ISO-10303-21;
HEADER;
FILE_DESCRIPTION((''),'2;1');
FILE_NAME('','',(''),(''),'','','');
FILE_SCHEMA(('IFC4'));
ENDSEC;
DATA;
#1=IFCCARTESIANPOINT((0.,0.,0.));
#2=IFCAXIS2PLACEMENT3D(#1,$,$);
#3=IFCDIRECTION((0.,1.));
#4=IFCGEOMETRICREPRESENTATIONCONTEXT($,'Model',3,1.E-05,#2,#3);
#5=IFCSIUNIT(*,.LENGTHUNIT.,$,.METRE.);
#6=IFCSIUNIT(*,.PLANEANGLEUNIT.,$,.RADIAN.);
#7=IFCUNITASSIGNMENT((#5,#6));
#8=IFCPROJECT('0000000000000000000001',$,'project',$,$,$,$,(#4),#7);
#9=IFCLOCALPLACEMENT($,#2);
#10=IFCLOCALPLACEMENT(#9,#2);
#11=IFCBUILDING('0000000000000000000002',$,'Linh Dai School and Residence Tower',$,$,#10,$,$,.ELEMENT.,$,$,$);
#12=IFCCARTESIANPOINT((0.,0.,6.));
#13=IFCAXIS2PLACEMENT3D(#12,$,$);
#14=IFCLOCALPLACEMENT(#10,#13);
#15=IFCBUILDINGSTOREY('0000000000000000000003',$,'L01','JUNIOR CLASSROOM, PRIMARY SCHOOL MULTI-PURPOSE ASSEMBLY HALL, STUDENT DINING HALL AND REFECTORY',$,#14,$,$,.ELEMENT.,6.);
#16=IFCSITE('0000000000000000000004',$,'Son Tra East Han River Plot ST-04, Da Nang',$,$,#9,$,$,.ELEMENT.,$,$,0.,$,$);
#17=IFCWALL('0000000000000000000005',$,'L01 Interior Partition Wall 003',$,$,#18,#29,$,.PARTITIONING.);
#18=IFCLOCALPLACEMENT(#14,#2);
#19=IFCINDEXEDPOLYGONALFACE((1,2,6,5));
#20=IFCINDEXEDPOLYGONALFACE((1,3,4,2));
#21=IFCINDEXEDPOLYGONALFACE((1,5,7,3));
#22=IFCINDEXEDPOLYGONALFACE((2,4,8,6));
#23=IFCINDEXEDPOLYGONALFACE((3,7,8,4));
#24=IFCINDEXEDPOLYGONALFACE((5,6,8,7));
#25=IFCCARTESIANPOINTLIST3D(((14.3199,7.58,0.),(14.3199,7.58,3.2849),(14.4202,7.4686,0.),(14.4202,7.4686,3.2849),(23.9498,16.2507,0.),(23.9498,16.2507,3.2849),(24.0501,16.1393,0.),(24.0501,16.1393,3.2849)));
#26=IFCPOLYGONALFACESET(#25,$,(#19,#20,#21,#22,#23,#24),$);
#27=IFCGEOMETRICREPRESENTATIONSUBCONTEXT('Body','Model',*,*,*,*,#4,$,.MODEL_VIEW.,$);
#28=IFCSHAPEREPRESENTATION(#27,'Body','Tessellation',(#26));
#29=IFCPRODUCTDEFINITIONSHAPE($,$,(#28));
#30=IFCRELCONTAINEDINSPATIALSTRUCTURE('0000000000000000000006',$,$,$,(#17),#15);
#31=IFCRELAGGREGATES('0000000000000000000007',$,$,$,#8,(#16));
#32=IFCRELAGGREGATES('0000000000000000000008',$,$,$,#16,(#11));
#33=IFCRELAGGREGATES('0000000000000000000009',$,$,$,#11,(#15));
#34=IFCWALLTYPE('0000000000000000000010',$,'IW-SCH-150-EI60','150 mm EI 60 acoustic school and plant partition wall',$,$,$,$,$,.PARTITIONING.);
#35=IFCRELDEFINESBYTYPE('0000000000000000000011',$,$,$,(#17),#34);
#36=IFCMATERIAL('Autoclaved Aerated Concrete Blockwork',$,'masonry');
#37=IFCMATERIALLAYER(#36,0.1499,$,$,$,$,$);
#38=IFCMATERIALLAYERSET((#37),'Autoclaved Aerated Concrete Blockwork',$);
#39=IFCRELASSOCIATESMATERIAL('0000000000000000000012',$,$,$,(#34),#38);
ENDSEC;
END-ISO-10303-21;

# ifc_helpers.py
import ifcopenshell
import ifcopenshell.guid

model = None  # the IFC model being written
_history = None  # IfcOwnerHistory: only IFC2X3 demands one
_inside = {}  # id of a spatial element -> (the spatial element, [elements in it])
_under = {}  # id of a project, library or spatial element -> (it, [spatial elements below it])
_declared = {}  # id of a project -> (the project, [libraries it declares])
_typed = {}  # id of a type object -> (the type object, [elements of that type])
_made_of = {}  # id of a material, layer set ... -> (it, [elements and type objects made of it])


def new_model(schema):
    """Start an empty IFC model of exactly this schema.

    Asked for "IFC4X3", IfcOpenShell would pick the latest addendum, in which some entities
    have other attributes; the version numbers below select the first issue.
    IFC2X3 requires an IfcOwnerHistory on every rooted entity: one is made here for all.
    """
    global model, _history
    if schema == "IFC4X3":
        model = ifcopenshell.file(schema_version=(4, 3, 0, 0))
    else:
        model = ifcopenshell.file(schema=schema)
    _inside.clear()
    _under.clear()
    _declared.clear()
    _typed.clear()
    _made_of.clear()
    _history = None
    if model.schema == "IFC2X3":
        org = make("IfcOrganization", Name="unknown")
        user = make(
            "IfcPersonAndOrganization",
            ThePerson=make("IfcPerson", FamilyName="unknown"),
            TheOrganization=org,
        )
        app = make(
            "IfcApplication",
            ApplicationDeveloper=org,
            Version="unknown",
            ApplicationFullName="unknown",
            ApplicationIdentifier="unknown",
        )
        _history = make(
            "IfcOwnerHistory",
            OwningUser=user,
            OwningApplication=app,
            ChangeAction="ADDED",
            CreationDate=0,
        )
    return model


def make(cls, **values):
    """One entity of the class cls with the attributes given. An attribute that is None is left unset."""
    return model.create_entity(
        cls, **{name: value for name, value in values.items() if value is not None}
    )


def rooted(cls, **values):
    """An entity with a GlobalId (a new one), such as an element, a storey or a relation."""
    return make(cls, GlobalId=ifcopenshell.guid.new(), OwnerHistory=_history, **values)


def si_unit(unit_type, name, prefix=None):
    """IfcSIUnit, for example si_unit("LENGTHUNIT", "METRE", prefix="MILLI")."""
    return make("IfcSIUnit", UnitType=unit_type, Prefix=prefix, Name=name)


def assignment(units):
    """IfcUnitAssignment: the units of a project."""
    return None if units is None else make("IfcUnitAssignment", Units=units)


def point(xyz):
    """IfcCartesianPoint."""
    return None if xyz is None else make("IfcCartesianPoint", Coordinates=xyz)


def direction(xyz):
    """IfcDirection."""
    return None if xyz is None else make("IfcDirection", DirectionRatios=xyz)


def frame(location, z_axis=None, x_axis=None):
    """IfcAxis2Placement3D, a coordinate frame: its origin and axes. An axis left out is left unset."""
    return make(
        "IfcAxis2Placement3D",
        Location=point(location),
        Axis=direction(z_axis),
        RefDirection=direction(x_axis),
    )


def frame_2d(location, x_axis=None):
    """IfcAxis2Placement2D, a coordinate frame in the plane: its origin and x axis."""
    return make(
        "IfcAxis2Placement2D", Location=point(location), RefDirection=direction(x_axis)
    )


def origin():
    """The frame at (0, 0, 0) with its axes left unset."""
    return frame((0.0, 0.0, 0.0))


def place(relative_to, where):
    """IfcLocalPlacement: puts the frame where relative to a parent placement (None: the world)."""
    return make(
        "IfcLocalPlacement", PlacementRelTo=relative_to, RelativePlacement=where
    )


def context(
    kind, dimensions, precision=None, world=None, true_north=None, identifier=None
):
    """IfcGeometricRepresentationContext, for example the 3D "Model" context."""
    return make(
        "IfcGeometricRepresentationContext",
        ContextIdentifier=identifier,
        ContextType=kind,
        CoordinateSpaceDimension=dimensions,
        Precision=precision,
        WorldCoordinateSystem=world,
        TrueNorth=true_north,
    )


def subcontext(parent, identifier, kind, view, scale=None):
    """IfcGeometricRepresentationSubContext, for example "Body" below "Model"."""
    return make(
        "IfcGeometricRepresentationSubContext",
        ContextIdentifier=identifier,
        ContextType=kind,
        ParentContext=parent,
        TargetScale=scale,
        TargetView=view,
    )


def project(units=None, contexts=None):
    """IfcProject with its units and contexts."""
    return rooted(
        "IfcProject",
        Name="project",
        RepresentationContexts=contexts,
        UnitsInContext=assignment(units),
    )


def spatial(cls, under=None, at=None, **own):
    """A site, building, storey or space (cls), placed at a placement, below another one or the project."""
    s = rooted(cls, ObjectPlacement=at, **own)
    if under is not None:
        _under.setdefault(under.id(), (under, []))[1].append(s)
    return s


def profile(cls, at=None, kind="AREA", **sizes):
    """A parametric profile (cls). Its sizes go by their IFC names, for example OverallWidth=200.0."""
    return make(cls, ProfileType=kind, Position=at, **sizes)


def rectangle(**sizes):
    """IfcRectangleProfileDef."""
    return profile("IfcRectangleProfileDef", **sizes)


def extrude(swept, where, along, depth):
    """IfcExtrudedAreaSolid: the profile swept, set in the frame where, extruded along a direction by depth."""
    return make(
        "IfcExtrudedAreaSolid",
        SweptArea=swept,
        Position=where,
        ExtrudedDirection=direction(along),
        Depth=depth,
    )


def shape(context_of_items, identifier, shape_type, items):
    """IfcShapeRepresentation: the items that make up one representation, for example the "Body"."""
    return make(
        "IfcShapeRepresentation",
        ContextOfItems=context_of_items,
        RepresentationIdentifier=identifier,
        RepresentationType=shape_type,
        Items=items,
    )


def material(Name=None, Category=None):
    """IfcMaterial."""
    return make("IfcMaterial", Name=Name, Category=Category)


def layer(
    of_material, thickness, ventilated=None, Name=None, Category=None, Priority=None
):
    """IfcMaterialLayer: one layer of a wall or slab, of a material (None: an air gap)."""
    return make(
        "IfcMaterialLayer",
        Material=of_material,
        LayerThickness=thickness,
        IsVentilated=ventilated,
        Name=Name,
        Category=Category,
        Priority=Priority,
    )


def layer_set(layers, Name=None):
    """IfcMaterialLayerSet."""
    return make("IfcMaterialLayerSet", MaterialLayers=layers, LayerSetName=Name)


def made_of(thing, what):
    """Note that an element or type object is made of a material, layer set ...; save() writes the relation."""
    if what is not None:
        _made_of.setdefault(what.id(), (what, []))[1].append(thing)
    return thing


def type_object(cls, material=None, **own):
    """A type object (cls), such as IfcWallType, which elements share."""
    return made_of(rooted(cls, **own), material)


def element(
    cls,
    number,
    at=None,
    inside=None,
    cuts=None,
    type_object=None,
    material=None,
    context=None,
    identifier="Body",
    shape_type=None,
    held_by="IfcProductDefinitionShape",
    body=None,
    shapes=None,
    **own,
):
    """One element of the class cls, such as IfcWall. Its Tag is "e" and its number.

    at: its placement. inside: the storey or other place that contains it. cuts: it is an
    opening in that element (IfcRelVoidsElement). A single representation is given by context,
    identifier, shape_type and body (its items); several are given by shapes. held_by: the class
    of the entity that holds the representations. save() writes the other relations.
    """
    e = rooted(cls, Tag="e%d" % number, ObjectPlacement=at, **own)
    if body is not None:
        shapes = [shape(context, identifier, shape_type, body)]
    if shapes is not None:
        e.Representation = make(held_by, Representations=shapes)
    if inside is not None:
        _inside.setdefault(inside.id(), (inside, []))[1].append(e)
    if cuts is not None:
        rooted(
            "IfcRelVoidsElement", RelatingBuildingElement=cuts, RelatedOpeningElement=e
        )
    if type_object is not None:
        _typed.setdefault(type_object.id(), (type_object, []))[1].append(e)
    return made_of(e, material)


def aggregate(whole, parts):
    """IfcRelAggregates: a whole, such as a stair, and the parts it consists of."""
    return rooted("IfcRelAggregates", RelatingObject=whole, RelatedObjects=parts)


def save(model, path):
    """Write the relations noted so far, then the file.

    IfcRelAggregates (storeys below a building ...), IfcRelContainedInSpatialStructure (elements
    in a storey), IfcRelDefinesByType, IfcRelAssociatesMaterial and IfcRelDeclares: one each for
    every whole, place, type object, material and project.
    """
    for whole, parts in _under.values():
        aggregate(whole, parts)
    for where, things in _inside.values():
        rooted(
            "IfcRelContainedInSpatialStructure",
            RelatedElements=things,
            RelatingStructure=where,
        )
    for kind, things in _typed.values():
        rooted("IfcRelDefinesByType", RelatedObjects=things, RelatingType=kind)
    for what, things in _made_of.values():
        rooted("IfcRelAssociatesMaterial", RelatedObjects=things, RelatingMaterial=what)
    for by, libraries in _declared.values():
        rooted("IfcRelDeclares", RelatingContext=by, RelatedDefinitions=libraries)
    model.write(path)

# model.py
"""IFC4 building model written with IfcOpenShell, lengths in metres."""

from ifc_helpers import new_model, si_unit, direction, frame, frame_2d, origin, place, context, subcontext, project, spatial, rectangle, extrude, material, layer, layer_set, type_object, element, save


model = new_model("IFC4")

# Units and contexts
model_context = context("Model", 3, precision=1e-05, world=origin(), true_north=direction((0.0, 1.0)))
body_context = subcontext(model_context, "Body", "Model", "MODEL_VIEW")
ifc_project = project(units=[si_unit("LENGTHUNIT", "METRE"), si_unit("PLANEANGLEUNIT", "RADIAN")], contexts=[model_context])

# Site, building, storey
site_placement = place(None, origin())
site = spatial("IfcSite", under=ifc_project, at=site_placement, Name="Son Tra East Han River Plot ST-04, Da Nang", CompositionType="ELEMENT", RefElevation=0.0)
building_placement = place(site_placement, origin())
building = spatial("IfcBuilding", under=site, at=building_placement, Name="Linh Dai School and Residence Tower", CompositionType="ELEMENT")
storey_placement = place(building_placement, frame((0.0, 0.0, 6.0)))
storey = spatial("IfcBuildingStorey", under=building, at=storey_placement, Name="L01", Description="JUNIOR CLASSROOM, PRIMARY SCHOOL MULTI-PURPOSE ASSEMBLY HALL, STUDENT DINING HALL AND REFECTORY", CompositionType="ELEMENT", Elevation=6.0)

# Shared definitions
ifc_material_1 = material(Name="Autoclaved Aerated Concrete Blockwork", Category="masonry")

# Wall
ifc_layer_1 = layer(ifc_material_1, 0.1499)
ifc_layer_set_1 = layer_set([ifc_layer_1], Name="Autoclaved Aerated Concrete Blockwork")
wall_type_1 = type_object("IfcWallType", Name="IW-SCH-150-EI60", Description="150 mm EI 60 acoustic school and plant partition wall", PredefinedType="PARTITIONING", material=ifc_layer_set_1)
wall_1_placement = place(storey_placement, frame((14.3701, 7.5244, 0.0), z_axis=(0.0, 0.0, 1.0), x_axis=(0.74315, 0.669125, 0.0)))
element("IfcWall", 1, at=wall_1_placement, inside=storey, type_object=wall_type_1, Name="L01 Interior Partition Wall 003", PredefinedType="PARTITIONING", context=body_context, shape_type="SweptSolid", body=[
    extrude(rectangle(XDim=12.9583, YDim=0.1499, at=frame_2d((6.479, 0.0))), origin(), (0.0, 0.0, 1.0), 3.2849),
])

save(model, "model.ifc")
